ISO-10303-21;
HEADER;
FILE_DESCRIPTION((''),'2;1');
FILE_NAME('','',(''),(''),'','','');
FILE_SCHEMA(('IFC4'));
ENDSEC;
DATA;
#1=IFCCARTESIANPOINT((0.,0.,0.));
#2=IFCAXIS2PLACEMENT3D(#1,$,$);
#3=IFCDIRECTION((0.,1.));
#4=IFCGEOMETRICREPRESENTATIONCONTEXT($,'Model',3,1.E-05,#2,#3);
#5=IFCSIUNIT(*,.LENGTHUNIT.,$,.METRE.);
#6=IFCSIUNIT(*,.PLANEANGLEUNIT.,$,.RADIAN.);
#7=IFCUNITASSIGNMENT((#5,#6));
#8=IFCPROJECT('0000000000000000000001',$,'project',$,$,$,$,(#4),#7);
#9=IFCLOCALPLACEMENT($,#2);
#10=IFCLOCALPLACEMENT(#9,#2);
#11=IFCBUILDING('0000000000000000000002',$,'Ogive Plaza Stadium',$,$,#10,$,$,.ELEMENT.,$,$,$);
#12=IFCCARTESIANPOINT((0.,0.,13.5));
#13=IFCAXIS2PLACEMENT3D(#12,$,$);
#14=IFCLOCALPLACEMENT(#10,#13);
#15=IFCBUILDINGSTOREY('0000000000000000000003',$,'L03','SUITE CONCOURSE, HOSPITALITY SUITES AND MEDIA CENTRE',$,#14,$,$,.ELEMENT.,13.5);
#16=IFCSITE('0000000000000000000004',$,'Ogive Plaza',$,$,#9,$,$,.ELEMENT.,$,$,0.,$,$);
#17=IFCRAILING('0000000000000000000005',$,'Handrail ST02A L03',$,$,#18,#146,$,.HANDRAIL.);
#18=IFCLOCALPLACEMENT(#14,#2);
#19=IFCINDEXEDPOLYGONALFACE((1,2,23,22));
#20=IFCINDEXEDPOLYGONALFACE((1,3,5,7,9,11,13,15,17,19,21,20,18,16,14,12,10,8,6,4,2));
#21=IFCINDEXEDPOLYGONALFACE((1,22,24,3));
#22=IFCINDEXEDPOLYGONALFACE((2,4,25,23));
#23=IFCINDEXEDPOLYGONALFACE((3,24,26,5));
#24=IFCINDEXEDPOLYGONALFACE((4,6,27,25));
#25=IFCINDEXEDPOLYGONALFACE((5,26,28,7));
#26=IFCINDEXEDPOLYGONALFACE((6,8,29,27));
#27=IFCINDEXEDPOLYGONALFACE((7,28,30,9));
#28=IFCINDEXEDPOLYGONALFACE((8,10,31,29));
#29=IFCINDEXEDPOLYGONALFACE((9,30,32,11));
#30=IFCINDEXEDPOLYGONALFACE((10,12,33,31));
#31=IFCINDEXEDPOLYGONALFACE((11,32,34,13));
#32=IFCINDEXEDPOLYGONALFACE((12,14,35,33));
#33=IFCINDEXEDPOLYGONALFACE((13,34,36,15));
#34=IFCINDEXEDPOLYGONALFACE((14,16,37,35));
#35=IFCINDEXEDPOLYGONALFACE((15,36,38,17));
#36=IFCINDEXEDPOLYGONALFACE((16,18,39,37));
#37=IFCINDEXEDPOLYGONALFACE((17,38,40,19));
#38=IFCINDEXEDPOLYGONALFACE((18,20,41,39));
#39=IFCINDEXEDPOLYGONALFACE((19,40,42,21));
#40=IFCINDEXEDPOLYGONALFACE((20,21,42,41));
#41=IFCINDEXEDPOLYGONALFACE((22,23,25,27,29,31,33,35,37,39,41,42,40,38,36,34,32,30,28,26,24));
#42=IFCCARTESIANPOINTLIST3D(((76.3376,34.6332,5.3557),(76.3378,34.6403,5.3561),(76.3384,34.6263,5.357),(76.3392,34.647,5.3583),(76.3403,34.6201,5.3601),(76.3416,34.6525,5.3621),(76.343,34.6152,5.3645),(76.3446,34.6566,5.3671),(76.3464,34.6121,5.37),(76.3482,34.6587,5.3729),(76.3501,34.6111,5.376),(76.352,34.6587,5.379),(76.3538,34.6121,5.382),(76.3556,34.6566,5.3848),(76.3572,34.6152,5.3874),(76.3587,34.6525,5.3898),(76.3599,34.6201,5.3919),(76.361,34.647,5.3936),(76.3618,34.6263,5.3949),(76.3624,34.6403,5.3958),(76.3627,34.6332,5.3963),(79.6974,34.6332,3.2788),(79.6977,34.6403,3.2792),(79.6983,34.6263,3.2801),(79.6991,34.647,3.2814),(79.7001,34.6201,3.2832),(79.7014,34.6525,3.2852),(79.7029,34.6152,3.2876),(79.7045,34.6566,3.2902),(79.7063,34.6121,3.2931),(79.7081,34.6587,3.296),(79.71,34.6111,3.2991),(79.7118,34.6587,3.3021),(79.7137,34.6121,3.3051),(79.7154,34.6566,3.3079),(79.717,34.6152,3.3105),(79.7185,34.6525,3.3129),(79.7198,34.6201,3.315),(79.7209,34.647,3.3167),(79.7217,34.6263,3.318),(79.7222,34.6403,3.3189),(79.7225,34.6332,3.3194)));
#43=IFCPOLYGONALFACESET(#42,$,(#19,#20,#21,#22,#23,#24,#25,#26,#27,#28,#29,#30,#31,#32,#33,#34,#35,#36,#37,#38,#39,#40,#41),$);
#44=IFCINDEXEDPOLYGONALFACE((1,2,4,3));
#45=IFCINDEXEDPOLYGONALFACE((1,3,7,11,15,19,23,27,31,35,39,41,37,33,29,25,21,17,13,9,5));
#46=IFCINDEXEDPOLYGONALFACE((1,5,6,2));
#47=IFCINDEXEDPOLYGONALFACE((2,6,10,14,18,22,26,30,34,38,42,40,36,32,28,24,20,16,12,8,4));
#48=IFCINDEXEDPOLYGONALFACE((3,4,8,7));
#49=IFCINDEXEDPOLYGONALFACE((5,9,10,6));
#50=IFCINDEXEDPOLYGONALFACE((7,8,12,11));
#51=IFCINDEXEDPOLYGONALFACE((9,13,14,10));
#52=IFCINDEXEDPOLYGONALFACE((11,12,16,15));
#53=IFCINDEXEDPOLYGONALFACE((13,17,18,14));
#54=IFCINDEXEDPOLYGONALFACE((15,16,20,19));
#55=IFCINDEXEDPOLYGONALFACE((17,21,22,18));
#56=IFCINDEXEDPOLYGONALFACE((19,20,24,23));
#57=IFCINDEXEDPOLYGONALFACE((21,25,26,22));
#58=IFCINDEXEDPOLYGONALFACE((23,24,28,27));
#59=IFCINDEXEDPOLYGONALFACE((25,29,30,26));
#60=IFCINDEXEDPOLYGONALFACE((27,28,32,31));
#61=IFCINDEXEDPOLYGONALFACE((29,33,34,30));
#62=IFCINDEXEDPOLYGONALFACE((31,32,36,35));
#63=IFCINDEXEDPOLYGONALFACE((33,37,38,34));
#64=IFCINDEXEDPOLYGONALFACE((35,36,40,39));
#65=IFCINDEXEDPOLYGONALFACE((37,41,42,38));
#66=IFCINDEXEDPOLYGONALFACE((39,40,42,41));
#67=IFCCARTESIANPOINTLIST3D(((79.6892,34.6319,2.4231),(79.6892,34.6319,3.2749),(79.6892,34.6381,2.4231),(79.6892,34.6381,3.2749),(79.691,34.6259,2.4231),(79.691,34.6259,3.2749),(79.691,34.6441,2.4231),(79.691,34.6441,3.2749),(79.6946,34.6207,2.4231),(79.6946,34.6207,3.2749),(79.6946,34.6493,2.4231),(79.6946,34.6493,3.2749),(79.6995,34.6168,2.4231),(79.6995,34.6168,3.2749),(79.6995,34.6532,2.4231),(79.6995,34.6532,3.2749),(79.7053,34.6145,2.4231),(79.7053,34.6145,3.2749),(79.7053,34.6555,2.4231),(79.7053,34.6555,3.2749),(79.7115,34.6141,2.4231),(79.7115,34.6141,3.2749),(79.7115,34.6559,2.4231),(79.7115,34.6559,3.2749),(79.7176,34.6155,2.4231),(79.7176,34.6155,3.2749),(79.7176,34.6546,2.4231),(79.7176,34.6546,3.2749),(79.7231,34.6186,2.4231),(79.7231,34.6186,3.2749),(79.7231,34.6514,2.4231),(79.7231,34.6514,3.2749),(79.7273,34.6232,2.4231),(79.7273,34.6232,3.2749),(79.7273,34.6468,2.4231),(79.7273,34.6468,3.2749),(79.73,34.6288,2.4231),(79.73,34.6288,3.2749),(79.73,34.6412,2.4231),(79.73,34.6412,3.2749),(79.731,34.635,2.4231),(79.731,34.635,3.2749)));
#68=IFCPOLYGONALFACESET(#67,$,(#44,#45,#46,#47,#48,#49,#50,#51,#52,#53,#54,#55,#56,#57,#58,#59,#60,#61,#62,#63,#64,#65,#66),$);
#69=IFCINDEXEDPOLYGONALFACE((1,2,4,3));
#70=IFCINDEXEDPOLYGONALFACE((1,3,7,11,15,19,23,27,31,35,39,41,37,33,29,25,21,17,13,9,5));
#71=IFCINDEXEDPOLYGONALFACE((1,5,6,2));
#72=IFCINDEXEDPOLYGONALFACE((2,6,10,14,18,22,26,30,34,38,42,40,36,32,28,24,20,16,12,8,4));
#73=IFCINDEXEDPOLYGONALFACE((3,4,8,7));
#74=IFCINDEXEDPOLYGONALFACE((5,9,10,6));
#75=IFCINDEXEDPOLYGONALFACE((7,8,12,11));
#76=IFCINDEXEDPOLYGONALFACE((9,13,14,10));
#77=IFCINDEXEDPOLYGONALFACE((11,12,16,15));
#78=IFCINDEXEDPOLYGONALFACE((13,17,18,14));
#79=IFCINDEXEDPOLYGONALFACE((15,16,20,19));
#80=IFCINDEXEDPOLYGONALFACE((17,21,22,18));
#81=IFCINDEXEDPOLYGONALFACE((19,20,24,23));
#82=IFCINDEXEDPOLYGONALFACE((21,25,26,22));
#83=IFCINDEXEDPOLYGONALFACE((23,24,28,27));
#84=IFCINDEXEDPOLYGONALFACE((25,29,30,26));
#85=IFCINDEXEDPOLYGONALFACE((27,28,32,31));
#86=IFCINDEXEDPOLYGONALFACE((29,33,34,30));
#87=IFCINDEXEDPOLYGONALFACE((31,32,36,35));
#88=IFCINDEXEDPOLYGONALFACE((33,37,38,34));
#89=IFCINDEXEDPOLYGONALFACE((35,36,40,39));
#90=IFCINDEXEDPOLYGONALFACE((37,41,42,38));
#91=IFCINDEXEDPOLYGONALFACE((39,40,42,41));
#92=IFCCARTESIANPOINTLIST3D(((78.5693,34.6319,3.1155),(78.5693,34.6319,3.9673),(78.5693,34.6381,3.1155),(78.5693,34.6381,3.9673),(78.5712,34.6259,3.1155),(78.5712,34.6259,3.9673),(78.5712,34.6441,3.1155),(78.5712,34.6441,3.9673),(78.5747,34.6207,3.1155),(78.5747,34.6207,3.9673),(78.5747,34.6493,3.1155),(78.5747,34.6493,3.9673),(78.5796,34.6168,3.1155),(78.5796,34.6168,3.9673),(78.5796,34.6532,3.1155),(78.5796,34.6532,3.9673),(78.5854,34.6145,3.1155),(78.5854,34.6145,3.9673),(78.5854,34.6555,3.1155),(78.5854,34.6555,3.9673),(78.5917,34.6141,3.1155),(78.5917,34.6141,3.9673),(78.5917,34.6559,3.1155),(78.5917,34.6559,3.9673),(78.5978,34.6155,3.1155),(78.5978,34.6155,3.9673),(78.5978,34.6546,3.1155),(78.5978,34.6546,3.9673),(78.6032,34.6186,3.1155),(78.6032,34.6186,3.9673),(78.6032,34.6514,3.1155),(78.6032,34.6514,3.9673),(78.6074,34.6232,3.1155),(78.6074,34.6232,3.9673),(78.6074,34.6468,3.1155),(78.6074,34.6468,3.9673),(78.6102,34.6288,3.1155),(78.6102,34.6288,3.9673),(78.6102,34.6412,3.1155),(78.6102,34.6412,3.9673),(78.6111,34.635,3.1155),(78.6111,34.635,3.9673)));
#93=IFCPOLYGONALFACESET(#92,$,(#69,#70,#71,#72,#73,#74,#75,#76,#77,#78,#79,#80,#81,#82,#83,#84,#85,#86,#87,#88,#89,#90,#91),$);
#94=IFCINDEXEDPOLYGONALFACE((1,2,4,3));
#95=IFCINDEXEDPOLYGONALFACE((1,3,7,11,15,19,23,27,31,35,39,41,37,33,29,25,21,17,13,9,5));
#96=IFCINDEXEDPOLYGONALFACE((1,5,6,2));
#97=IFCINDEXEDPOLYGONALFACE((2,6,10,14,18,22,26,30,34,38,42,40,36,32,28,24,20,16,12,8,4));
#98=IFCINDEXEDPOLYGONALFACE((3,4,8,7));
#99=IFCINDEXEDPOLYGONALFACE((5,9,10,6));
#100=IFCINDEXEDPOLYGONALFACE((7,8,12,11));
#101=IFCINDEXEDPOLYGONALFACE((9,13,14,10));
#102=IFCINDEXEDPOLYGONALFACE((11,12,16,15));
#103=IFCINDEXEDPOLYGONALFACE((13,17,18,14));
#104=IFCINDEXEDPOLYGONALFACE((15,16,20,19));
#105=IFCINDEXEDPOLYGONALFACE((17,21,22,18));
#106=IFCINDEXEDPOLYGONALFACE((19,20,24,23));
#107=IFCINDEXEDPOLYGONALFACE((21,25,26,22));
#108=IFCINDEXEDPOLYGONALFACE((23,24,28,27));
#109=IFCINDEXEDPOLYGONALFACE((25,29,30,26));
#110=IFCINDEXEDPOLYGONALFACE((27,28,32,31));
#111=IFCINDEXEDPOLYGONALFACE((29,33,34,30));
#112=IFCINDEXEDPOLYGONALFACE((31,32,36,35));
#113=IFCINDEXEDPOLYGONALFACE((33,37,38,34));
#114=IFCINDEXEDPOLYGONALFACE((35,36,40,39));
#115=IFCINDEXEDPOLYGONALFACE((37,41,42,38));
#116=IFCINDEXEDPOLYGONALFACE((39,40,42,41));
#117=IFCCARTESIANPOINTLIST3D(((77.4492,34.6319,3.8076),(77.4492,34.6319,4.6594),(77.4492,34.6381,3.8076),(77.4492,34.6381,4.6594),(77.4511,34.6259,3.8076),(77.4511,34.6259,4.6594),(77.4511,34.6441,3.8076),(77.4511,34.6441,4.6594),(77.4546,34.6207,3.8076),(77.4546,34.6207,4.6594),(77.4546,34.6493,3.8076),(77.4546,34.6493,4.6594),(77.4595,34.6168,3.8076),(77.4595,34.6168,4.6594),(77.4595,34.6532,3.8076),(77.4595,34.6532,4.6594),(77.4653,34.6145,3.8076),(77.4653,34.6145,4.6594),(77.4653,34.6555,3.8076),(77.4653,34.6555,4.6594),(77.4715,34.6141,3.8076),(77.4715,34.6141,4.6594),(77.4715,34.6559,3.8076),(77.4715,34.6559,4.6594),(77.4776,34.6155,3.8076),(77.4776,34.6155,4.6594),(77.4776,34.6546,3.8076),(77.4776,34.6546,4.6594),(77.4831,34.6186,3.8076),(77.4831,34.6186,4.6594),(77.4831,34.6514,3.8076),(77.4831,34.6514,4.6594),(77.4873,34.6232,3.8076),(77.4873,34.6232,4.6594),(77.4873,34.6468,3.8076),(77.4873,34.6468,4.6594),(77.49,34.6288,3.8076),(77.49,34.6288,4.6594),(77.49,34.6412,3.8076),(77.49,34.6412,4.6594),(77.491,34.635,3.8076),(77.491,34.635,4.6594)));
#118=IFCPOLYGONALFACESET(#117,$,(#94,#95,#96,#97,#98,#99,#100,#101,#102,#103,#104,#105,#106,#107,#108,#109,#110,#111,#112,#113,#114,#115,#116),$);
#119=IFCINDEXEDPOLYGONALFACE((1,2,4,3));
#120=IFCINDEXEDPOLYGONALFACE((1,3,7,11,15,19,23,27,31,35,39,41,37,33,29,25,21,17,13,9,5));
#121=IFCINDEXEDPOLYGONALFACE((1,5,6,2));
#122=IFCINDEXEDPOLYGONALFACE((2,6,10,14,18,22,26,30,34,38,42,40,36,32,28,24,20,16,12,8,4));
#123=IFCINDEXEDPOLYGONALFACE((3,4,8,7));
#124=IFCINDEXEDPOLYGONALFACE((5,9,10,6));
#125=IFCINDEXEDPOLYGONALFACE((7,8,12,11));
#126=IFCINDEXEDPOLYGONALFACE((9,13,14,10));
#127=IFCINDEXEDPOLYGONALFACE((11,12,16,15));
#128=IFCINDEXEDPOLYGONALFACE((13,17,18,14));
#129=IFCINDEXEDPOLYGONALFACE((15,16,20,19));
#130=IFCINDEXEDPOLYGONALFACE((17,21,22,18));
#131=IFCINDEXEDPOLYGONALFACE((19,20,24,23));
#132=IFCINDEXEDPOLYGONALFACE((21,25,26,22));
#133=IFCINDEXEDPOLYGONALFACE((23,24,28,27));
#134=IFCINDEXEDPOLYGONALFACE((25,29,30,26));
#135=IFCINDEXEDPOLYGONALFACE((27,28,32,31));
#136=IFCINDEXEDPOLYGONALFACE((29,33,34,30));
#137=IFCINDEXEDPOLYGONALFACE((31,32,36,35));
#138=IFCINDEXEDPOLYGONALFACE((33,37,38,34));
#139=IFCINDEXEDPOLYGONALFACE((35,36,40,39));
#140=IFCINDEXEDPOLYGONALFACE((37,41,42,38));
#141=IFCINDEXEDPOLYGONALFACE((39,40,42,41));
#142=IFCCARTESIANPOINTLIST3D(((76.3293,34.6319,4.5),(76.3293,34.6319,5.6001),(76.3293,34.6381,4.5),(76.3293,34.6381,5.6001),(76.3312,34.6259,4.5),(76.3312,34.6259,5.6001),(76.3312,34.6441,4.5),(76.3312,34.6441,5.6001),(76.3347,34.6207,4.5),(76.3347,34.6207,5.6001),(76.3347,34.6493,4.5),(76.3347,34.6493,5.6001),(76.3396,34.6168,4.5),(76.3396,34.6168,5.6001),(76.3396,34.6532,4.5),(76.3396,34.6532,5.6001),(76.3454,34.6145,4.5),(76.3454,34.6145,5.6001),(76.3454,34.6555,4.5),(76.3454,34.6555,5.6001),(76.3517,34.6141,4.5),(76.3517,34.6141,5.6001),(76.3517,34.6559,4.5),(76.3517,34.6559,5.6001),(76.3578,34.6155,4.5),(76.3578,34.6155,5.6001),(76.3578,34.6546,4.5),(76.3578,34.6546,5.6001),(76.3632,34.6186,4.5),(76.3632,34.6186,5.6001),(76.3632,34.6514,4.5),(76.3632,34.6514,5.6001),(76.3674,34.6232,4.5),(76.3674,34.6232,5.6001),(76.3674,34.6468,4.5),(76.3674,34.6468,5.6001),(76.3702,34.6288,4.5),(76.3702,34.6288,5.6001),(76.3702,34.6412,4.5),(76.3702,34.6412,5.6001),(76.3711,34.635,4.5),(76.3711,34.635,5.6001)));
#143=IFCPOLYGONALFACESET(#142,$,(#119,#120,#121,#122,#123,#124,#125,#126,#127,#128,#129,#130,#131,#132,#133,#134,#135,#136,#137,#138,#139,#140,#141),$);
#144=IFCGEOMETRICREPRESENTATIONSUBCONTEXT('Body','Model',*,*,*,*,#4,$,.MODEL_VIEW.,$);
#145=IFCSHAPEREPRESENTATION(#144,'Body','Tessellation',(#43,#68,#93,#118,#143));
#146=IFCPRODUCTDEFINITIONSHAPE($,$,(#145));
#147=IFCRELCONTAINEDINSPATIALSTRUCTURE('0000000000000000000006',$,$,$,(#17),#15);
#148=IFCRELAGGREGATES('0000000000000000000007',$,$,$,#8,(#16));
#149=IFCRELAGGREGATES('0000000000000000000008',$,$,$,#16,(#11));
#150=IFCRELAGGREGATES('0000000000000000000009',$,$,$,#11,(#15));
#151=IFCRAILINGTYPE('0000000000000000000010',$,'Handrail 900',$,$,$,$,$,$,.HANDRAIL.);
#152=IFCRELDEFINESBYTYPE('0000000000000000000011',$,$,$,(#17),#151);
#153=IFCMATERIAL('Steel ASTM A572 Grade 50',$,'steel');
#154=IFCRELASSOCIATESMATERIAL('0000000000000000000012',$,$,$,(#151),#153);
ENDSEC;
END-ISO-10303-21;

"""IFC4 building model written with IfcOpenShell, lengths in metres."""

from ifc_helpers import new_model, si_unit, direction, frame, origin, origin_2d, place, context, subcontext, project, spatial, circle, extrude, material, type_object, element, save


model = new_model("IFC4")

# Units and contexts
model_context = context("Model", 3, precision=1e-05, world=origin(), true_north=direction((0.0, 1.0)))
body_context = subcontext(model_context, "Body", "Model", "MODEL_VIEW")
ifc_project = project(units=[si_unit("LENGTHUNIT", "METRE"), si_unit("PLANEANGLEUNIT", "RADIAN")], contexts=[model_context])

# Site, building, storey
site_placement = place(None, origin())
site = spatial("IfcSite", under=ifc_project, at=site_placement, Name="Ogive Plaza", CompositionType="ELEMENT", RefElevation=0.0)
building_placement = place(site_placement, origin())
building = spatial("IfcBuilding", under=site, at=building_placement, Name="Ogive Plaza Stadium", CompositionType="ELEMENT")
storey_placement = place(building_placement, frame((0.0, 0.0, 13.5)))
storey = spatial("IfcBuildingStorey", under=building, at=storey_placement, Name="L03", Description="SUITE CONCOURSE, HOSPITALITY SUITES AND MEDIA CENTRE", CompositionType="ELEMENT", Elevation=13.5)

# Railing
ifc_material_1 = material(Name="Steel ASTM A572 Grade 50", Category="steel")
railing_type_1 = type_object("IfcRailingType", Name="Handrail 900", PredefinedType="HANDRAIL", material=ifc_material_1)
for number, where, name in (
    (1, (79.71, 34.635, 2.4231), "Handrail ST02A L03"),
):
    element("IfcRailing", number, at=place(storey_placement, frame(where)), inside=storey, type_object=railing_type_1, Name=name, PredefinedType="HANDRAIL", context=body_context, shape_type="SweptSolid", body=[
        extrude(circle(Radius=0.0239, at=origin_2d()), frame((0.0, 0.0, 0.876), z_axis=(-0.850606, 0.0, 0.525803), x_axis=(0.0, -1.0, 0.0)), (0.0, 0.0, 1.0), 3.95),
        extrude(circle(Radius=0.021, at=origin_2d()), origin(), (0.0, 0.0, 1.0), 0.8518),
        extrude(circle(Radius=0.021, at=origin_2d()), frame((-1.1199, 0.0, 0.6924)), (0.0, 0.0, 1.0), 0.8518),
        extrude(circle(Radius=0.021, at=origin_2d()), frame((-2.24, 0.0, 1.3845)), (0.0, 0.0, 1.0), 0.8518),
        extrude(circle(Radius=0.021, at=origin_2d()), frame((-3.3599, 0.0, 2.0769)), (0.0, 0.0, 1.0), 1.1001),
    ])

save(model, "model.ifc")
